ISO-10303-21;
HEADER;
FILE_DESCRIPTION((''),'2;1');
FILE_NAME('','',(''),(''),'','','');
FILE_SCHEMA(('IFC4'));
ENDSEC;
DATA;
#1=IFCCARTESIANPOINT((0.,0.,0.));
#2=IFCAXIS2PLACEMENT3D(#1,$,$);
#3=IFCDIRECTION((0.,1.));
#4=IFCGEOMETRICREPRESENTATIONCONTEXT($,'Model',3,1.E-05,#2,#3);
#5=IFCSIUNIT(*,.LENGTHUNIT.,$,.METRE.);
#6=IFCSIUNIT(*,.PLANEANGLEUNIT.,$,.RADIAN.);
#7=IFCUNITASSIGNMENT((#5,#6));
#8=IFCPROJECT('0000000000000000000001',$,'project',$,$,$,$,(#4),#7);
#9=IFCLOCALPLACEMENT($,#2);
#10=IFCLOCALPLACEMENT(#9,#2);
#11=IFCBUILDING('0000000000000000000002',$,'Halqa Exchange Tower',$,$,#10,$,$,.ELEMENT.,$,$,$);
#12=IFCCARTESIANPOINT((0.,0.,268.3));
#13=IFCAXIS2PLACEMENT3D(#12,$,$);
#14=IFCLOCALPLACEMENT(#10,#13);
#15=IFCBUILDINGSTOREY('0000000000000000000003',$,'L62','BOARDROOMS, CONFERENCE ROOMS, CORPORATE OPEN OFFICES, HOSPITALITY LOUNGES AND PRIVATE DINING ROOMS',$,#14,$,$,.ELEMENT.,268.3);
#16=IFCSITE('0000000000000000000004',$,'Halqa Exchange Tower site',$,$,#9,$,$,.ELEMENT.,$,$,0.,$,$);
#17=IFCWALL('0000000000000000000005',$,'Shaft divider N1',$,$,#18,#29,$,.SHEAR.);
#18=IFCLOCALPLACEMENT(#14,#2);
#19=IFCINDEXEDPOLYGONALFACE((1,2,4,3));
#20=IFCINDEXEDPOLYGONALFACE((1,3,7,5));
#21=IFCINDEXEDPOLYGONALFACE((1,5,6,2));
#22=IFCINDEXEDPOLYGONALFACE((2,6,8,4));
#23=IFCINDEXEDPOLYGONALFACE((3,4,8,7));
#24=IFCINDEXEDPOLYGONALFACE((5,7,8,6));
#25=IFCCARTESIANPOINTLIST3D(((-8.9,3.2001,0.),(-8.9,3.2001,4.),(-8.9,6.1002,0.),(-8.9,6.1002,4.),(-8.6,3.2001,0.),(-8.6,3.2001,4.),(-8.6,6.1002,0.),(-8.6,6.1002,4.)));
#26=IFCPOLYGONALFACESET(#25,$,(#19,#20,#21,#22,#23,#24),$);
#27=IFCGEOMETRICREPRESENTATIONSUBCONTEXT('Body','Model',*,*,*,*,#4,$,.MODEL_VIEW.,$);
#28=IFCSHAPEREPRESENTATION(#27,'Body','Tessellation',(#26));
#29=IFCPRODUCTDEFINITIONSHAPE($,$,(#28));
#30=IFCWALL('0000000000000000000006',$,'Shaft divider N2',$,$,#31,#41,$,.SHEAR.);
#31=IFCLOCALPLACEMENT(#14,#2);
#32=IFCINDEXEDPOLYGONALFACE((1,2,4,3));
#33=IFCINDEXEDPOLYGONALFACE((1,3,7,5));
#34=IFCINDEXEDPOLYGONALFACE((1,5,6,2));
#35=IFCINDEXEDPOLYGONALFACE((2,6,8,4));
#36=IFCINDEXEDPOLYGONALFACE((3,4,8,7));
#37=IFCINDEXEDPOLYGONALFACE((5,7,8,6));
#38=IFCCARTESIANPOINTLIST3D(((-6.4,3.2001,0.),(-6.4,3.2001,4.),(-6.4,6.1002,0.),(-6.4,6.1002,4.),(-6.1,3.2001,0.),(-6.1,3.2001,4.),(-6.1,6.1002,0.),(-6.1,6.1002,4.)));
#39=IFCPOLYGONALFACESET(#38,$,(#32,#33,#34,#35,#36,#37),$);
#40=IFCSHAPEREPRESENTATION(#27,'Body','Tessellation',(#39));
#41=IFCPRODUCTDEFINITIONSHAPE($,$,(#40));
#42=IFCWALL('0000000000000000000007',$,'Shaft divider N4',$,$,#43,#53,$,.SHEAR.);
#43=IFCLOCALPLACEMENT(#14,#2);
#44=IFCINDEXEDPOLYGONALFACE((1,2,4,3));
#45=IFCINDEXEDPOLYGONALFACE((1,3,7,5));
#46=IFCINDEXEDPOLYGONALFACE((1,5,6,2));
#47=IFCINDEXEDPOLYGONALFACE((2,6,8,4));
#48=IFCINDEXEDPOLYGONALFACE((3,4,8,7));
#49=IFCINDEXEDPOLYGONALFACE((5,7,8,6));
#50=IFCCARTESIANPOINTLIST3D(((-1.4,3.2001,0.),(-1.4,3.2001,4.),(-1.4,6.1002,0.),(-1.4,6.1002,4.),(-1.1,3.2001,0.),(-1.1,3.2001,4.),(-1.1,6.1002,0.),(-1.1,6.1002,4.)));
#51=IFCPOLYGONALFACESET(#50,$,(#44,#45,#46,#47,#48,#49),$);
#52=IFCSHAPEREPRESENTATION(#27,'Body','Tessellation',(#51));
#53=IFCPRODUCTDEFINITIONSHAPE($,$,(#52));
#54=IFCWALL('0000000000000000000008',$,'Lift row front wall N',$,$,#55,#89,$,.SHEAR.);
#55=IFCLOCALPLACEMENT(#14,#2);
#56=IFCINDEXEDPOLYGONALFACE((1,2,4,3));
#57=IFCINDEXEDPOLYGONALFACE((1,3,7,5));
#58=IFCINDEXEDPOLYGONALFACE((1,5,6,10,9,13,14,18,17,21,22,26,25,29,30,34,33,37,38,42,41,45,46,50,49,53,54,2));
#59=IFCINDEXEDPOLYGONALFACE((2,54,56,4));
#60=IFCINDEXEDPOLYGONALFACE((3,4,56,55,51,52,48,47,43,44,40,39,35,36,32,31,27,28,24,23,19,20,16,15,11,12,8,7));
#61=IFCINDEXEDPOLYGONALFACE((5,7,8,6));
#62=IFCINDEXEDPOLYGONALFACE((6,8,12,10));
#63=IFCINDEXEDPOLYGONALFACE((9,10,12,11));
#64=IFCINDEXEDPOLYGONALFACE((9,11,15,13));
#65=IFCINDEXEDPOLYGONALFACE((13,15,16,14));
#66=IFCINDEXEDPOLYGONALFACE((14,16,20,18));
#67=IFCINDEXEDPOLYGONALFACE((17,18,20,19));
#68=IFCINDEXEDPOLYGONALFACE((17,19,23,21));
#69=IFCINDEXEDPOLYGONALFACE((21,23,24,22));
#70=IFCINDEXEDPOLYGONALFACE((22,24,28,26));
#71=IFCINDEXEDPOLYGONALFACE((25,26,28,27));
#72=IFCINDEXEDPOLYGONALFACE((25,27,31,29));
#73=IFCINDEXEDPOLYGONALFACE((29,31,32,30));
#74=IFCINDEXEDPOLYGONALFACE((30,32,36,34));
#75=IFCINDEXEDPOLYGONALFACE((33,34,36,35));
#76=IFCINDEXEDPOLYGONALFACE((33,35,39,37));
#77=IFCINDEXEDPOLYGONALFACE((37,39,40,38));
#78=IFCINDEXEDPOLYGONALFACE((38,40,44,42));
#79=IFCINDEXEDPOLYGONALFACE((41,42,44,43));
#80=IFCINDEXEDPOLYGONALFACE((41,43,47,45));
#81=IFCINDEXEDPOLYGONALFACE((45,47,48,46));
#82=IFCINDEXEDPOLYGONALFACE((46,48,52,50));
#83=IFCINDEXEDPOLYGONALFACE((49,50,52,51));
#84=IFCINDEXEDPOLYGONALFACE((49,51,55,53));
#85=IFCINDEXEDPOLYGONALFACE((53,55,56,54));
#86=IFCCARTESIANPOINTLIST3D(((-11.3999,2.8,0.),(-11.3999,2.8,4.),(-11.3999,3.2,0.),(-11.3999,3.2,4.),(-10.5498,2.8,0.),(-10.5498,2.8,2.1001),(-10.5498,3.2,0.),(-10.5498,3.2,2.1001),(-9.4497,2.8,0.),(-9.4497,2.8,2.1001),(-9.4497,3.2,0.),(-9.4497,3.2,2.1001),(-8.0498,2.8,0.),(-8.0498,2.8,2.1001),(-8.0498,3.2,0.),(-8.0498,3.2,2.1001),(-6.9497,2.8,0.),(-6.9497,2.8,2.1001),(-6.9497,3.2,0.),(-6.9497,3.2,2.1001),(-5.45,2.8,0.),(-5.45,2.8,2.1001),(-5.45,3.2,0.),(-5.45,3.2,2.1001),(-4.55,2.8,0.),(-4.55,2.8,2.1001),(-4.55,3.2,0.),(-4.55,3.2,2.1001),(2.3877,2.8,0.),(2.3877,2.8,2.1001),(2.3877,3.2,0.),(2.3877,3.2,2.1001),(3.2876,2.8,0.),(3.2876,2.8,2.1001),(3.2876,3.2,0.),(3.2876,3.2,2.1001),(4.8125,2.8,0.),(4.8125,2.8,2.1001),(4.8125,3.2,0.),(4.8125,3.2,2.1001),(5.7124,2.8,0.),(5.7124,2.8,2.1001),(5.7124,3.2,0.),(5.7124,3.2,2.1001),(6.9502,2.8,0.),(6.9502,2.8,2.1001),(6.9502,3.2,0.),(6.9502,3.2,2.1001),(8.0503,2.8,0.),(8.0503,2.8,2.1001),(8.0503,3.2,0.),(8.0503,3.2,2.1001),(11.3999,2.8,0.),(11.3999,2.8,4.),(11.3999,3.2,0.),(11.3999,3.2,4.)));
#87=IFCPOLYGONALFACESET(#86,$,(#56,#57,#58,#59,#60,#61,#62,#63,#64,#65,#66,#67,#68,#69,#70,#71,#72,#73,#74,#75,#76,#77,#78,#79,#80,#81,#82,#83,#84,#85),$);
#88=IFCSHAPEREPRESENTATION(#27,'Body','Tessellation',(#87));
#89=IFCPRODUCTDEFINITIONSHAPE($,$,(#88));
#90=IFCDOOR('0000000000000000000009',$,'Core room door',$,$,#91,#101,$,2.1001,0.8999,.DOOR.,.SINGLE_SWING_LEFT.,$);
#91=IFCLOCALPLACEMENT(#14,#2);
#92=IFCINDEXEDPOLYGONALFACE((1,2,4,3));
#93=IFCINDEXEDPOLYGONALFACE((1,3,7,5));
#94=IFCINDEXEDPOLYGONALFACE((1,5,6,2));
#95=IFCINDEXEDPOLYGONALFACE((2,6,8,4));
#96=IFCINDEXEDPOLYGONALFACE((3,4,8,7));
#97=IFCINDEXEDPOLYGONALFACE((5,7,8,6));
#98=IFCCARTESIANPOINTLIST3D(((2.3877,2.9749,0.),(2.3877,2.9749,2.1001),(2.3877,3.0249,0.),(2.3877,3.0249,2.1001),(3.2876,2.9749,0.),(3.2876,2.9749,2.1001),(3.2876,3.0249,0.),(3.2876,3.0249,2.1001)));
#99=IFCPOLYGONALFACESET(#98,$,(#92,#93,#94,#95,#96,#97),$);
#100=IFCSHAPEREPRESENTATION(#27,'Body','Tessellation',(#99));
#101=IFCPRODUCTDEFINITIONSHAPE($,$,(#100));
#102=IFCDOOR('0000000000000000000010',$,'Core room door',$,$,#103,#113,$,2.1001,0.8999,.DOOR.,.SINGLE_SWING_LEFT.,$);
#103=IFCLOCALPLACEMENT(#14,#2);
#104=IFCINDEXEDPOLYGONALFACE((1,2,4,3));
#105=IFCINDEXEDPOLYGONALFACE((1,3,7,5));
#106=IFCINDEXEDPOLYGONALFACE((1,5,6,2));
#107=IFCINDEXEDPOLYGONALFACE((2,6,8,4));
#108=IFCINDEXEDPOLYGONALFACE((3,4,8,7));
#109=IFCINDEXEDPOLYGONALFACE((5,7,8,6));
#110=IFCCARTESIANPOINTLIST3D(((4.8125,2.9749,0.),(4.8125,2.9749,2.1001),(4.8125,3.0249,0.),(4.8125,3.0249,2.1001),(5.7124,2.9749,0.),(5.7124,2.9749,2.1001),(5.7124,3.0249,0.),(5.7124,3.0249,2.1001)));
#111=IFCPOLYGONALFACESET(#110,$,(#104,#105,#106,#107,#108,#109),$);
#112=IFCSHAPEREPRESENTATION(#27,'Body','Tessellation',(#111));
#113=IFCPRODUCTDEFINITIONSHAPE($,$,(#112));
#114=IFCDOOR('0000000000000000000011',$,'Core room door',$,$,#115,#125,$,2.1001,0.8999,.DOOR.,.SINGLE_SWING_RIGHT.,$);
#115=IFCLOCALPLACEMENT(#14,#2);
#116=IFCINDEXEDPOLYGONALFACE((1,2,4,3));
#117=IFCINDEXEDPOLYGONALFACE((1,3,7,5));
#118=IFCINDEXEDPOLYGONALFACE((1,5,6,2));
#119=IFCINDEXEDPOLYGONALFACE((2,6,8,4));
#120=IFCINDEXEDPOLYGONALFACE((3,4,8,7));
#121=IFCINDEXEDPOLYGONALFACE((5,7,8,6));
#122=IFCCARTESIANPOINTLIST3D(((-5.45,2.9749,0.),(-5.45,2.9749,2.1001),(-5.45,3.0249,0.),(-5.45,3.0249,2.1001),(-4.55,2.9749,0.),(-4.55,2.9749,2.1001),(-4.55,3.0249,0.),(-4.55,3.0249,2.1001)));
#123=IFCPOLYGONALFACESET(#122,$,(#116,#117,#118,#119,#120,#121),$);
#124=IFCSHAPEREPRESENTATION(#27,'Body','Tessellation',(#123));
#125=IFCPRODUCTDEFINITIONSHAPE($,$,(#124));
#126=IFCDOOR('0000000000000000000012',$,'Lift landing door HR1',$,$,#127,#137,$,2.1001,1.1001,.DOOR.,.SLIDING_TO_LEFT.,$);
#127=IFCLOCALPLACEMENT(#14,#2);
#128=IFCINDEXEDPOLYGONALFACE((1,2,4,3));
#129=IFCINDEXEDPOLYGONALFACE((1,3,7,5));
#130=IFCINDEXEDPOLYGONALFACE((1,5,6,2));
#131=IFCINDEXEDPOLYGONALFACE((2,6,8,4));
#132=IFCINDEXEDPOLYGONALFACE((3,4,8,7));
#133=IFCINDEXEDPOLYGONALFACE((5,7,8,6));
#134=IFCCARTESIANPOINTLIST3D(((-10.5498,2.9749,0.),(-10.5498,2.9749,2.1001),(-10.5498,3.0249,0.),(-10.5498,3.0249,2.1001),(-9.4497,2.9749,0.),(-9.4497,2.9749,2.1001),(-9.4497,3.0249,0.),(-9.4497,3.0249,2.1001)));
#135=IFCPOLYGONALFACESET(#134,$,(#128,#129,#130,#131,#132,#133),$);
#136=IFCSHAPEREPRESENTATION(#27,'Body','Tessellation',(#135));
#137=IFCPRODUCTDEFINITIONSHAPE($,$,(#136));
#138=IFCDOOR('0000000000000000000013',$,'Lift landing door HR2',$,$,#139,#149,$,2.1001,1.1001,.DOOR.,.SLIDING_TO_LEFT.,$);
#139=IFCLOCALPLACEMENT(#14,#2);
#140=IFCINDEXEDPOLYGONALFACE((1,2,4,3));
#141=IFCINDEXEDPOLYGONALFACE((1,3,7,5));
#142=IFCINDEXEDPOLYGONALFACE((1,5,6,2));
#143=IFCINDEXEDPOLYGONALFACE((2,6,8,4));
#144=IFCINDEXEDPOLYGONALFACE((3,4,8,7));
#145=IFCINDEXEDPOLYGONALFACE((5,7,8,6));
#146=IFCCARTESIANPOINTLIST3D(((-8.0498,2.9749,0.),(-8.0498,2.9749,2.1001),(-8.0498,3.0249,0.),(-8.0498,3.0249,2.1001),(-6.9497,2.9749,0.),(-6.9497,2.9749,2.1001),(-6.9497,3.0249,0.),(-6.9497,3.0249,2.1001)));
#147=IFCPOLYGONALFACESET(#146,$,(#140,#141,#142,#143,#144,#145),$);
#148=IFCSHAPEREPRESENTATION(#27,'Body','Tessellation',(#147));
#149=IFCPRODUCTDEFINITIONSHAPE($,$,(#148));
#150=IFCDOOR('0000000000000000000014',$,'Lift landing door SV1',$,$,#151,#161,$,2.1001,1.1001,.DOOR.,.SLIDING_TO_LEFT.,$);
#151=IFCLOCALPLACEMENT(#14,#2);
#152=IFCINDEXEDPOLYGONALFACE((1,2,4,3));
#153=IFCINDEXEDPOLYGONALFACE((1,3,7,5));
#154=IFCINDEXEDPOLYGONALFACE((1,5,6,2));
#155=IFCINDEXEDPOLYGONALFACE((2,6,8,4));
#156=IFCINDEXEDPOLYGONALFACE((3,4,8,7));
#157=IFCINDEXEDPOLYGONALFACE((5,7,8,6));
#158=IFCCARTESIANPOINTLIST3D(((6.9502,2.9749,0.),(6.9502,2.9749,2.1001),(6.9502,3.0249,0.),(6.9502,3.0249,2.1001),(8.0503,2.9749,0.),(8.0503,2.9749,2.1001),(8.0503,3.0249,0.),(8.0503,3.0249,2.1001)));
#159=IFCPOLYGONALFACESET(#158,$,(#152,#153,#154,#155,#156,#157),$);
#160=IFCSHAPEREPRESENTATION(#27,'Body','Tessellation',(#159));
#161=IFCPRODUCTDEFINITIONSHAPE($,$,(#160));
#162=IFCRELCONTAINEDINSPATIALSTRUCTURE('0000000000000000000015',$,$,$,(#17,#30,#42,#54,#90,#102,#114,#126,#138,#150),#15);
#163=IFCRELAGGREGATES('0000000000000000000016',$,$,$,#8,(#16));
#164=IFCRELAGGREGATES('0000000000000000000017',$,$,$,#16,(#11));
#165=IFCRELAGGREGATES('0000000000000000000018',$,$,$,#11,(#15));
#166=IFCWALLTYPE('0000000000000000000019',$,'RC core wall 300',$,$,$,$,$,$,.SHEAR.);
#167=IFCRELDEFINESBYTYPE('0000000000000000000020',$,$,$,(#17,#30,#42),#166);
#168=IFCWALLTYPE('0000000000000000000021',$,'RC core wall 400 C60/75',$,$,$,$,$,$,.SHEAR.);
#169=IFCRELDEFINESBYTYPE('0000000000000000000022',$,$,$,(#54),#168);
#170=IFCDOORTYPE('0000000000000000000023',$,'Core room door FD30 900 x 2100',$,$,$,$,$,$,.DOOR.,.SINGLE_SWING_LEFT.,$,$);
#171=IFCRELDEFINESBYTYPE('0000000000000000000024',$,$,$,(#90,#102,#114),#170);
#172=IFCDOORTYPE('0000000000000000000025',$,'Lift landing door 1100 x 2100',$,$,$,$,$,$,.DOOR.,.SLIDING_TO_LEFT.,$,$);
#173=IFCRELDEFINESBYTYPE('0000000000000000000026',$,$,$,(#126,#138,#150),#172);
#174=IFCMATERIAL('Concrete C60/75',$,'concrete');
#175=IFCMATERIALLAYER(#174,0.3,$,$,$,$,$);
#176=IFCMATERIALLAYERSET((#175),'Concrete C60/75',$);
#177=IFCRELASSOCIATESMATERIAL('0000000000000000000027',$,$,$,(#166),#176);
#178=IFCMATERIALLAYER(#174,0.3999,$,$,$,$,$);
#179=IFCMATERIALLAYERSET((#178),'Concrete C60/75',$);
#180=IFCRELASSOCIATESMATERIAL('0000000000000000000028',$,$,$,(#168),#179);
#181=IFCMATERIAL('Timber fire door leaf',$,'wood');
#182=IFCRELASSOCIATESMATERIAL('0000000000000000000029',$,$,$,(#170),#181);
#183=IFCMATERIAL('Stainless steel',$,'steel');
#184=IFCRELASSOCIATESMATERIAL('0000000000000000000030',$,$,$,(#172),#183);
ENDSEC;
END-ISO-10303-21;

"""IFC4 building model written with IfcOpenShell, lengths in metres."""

from ifc_helpers import new_model, si_unit, direction, frame, frame_2d, origin, place, context, subcontext, project, spatial, rectangle, extrude, material, layer, layer_set, type_object, element, fill, save


model = new_model("IFC4")

# Units and contexts
model_context = context("Model", 3, precision=1e-05, world=origin(), true_north=direction((0.0, 1.0)))
body_context = subcontext(model_context, "Body", "Model", "MODEL_VIEW")
ifc_project = project(units=[si_unit("LENGTHUNIT", "METRE"), si_unit("PLANEANGLEUNIT", "RADIAN")], contexts=[model_context])

# Site, building, storey
site_placement = place(None, origin())
site = spatial("IfcSite", under=ifc_project, at=site_placement, Name="Halqa Exchange Tower site", CompositionType="ELEMENT", RefElevation=0.0)
building_placement = place(site_placement, origin())
building = spatial("IfcBuilding", under=site, at=building_placement, Name="Halqa Exchange Tower", CompositionType="ELEMENT")
storey_placement = place(building_placement, frame((0.0, 0.0, 268.3)))
storey = spatial("IfcBuildingStorey", under=building, at=storey_placement, Name="L62", Description="BOARDROOMS, CONFERENCE ROOMS, CORPORATE OPEN OFFICES, HOSPITALITY LOUNGES AND PRIVATE DINING ROOMS", CompositionType="ELEMENT", Elevation=268.3)

# Walls
ifc_material_1 = material(Name="Concrete C60/75", Category="concrete")
ifc_layer_1 = layer(ifc_material_1, 0.3)
ifc_layer_set_1 = layer_set([ifc_layer_1], Name="Concrete C60/75")
wall_type_1 = type_object("IfcWallType", Name="RC core wall 300", PredefinedType="SHEAR", material=ifc_layer_set_1)
for number, where, z_axis, x_axis, name in (
    (1, (-8.75, 3.2, 0.0), (0.0, 0.0, 1.0), (0.0, 1.0, 0.0), "Shaft divider N1"),
    (2, (-6.25, 3.2, 0.0), (0.0, 0.0, 1.0), (0.0, 1.0, 0.0), "Shaft divider N2"),
    (3, (-1.25, 3.2, 0.0), (0.0, 0.0, 1.0), (0.0, 1.0, 0.0), "Shaft divider N4"),
):
    element("IfcWall", number, at=place(storey_placement, frame(where, z_axis=z_axis, x_axis=x_axis)), inside=storey, type_object=wall_type_1, Name=name, PredefinedType="SHEAR", context=body_context, shape_type="SweptSolid", body=[
        extrude(rectangle(XDim=2.9001, YDim=0.3, at=frame_2d((1.4502, 0.0))), origin(), (0.0, 0.0, 1.0), 4.0),
    ])

# Wall, openings, doors
ifc_layer_2 = layer(ifc_material_1, 0.3999)
ifc_layer_set_2 = layer_set([ifc_layer_2], Name="Concrete C60/75")
wall_type_2 = type_object("IfcWallType", Name="RC core wall 400 C60/75", PredefinedType="SHEAR", material=ifc_layer_set_2)
wall_1_placement = place(storey_placement, frame((-11.3999, 3.0, 0.0), z_axis=(0.0, 0.0, 1.0), x_axis=(1.0, 0.0, 0.0)))
wall_1 = element("IfcWall", 4, at=wall_1_placement, inside=storey, type_object=wall_type_2, Name="Lift row front wall N", PredefinedType="SHEAR", context=body_context, shape_type="SweptSolid", body=[
    extrude(rectangle(XDim=22.7998, YDim=0.3999, at=frame_2d((11.3999, 0.0))), origin(), (0.0, 0.0, 1.0), 4.0),
])
opening_1_placement = place(wall_1_placement, frame((0.8501, 0.0, 0.0)))
opening_1 = element("IfcOpeningElement", 5, at=opening_1_placement, cuts=wall_1, PredefinedType="OPENING", context=body_context, shape_type="SweptSolid", body=[
    extrude(rectangle(XDim=1.1001, YDim=2.1001, at=frame_2d((0.55, 1.05))), frame((0.0, 0.2119, 0.0), z_axis=(0.0, -1.0, 0.0), x_axis=(1.0, 0.0, 0.0)), (0.0, 0.0, 1.0), 0.4238),
])
opening_2_placement = place(wall_1_placement, frame((3.3501, 0.0, 0.0)))
opening_2 = element("IfcOpeningElement", 6, at=opening_2_placement, cuts=wall_1, PredefinedType="OPENING", context=body_context, shape_type="SweptSolid", body=[
    extrude(rectangle(XDim=1.1001, YDim=2.1001, at=frame_2d((0.55, 1.05))), frame((0.0, 0.2119, 0.0), z_axis=(0.0, -1.0, 0.0), x_axis=(1.0, 0.0, 0.0)), (0.0, 0.0, 1.0), 0.4238),
])
opening_3_placement = place(wall_1_placement, frame((18.3501, 0.0, 0.0)))
opening_3 = element("IfcOpeningElement", 7, at=opening_3_placement, cuts=wall_1, PredefinedType="OPENING", context=body_context, shape_type="SweptSolid", body=[
    extrude(rectangle(XDim=1.1001, YDim=2.1001, at=frame_2d((0.55, 1.05))), frame((0.0, 0.2119, 0.0), z_axis=(0.0, -1.0, 0.0), x_axis=(1.0, 0.0, 0.0)), (0.0, 0.0, 1.0), 0.4238),
])
opening_4_placement = place(wall_1_placement, frame((13.7876, 0.0, 0.0)))
opening_4 = element("IfcOpeningElement", 8, at=opening_4_placement, cuts=wall_1, PredefinedType="OPENING", context=body_context, shape_type="SweptSolid", body=[
    extrude(rectangle(XDim=0.8999, YDim=2.1001, at=frame_2d((0.45, 1.05))), frame((0.0, 0.2119, 0.0), z_axis=(0.0, -1.0, 0.0), x_axis=(1.0, 0.0, 0.0)), (0.0, 0.0, 1.0), 0.4238),
])
opening_5_placement = place(wall_1_placement, frame((16.2124, 0.0, 0.0)))
opening_5 = element("IfcOpeningElement", 9, at=opening_5_placement, cuts=wall_1, PredefinedType="OPENING", context=body_context, shape_type="SweptSolid", body=[
    extrude(rectangle(XDim=0.8999, YDim=2.1001, at=frame_2d((0.45, 1.05))), frame((0.0, 0.2119, 0.0), z_axis=(0.0, -1.0, 0.0), x_axis=(1.0, 0.0, 0.0)), (0.0, 0.0, 1.0), 0.4238),
])
opening_6_placement = place(wall_1_placement, frame((5.95, 0.0, 0.0)))
opening_6 = element("IfcOpeningElement", 10, at=opening_6_placement, cuts=wall_1, PredefinedType="OPENING", context=body_context, shape_type="SweptSolid", body=[
    extrude(rectangle(XDim=0.8999, YDim=2.1001, at=frame_2d((0.45, 1.05))), frame((0.0, 0.2119, 0.0), z_axis=(0.0, -1.0, 0.0), x_axis=(1.0, 0.0, 0.0)), (0.0, 0.0, 1.0), 0.4238),
])
ifc_material_2 = material(Name="Timber fire door leaf", Category="wood")
door_type_1 = type_object("IfcDoorType", Name="Core room door FD30 900 x 2100", OperationType="SINGLE_SWING_LEFT", PredefinedType="DOOR", material=ifc_material_2)
door_1_placement = place(opening_4_placement, origin())
door_1 = element("IfcDoor", 11, at=door_1_placement, inside=storey, type_object=door_type_1, Name="Core room door", OperationType="SINGLE_SWING_LEFT", OverallHeight=2.1001, OverallWidth=0.8999, PredefinedType="DOOR", context=body_context, shape_type="SweptSolid", body=[
    extrude(rectangle(XDim=0.8999, YDim=2.1001, at=frame_2d((0.45, 1.05))), frame((0.0, 0.0249, 0.0), z_axis=(0.0, -1.0, 0.0), x_axis=(1.0, 0.0, 0.0)), (0.0, 0.0, 1.0), 0.05),
])
fill(opening_4, door_1)
door_2_placement = place(opening_5_placement, origin())
door_2 = element("IfcDoor", 12, at=door_2_placement, inside=storey, type_object=door_type_1, Name="Core room door", OperationType="SINGLE_SWING_LEFT", OverallHeight=2.1001, OverallWidth=0.8999, PredefinedType="DOOR", context=body_context, shape_type="SweptSolid", body=[
    extrude(rectangle(XDim=0.8999, YDim=2.1001, at=frame_2d((0.45, 1.05))), frame((0.0, 0.0249, 0.0), z_axis=(0.0, -1.0, 0.0), x_axis=(1.0, 0.0, 0.0)), (0.0, 0.0, 1.0), 0.05),
])
fill(opening_5, door_2)
door_3_placement = place(opening_6_placement, origin())
door_3 = element("IfcDoor", 13, at=door_3_placement, inside=storey, type_object=door_type_1, Name="Core room door", OperationType="SINGLE_SWING_RIGHT", OverallHeight=2.1001, OverallWidth=0.8999, PredefinedType="DOOR", context=body_context, shape_type="SweptSolid", body=[
    extrude(rectangle(XDim=0.8999, YDim=2.1001, at=frame_2d((0.45, 1.05))), frame((0.0, 0.0249, 0.0), z_axis=(0.0, -1.0, 0.0), x_axis=(1.0, 0.0, 0.0)), (0.0, 0.0, 1.0), 0.05),
])
fill(opening_6, door_3)
ifc_material_3 = material(Name="Stainless steel", Category="steel")
door_type_2 = type_object("IfcDoorType", Name="Lift landing door 1100 x 2100", OperationType="SLIDING_TO_LEFT", PredefinedType="DOOR", material=ifc_material_3)
door_4_placement = place(opening_1_placement, origin())
door_4 = element("IfcDoor", 14, at=door_4_placement, inside=storey, type_object=door_type_2, Name="Lift landing door HR1", OperationType="SLIDING_TO_LEFT", OverallHeight=2.1001, OverallWidth=1.1001, PredefinedType="DOOR", context=body_context, shape_type="SweptSolid", body=[
    extrude(rectangle(XDim=1.1001, YDim=2.1001, at=frame_2d((0.55, 1.05))), frame((0.0, 0.0249, 0.0), z_axis=(0.0, -1.0, 0.0), x_axis=(1.0, 0.0, 0.0)), (0.0, 0.0, 1.0), 0.05),
])
fill(opening_1, door_4)
door_5_placement = place(opening_2_placement, origin())
door_5 = element("IfcDoor", 15, at=door_5_placement, inside=storey, type_object=door_type_2, Name="Lift landing door HR2", OperationType="SLIDING_TO_LEFT", OverallHeight=2.1001, OverallWidth=1.1001, PredefinedType="DOOR", context=body_context, shape_type="SweptSolid", body=[
    extrude(rectangle(XDim=1.1001, YDim=2.1001, at=frame_2d((0.55, 1.05))), frame((0.0, 0.0249, 0.0), z_axis=(0.0, -1.0, 0.0), x_axis=(1.0, 0.0, 0.0)), (0.0, 0.0, 1.0), 0.05),
])
fill(opening_2, door_5)
door_6_placement = place(opening_3_placement, origin())
door_6 = element("IfcDoor", 16, at=door_6_placement, inside=storey, type_object=door_type_2, Name="Lift landing door SV1", OperationType="SLIDING_TO_LEFT", OverallHeight=2.1001, OverallWidth=1.1001, PredefinedType="DOOR", context=body_context, shape_type="SweptSolid", body=[
    extrude(rectangle(XDim=1.1001, YDim=2.1001, at=frame_2d((0.55, 1.05))), frame((0.0, 0.0249, 0.0), z_axis=(0.0, -1.0, 0.0), x_axis=(1.0, 0.0, 0.0)), (0.0, 0.0, 1.0), 0.05),
])
fill(opening_3, door_6)

save(model, "model.ifc")
